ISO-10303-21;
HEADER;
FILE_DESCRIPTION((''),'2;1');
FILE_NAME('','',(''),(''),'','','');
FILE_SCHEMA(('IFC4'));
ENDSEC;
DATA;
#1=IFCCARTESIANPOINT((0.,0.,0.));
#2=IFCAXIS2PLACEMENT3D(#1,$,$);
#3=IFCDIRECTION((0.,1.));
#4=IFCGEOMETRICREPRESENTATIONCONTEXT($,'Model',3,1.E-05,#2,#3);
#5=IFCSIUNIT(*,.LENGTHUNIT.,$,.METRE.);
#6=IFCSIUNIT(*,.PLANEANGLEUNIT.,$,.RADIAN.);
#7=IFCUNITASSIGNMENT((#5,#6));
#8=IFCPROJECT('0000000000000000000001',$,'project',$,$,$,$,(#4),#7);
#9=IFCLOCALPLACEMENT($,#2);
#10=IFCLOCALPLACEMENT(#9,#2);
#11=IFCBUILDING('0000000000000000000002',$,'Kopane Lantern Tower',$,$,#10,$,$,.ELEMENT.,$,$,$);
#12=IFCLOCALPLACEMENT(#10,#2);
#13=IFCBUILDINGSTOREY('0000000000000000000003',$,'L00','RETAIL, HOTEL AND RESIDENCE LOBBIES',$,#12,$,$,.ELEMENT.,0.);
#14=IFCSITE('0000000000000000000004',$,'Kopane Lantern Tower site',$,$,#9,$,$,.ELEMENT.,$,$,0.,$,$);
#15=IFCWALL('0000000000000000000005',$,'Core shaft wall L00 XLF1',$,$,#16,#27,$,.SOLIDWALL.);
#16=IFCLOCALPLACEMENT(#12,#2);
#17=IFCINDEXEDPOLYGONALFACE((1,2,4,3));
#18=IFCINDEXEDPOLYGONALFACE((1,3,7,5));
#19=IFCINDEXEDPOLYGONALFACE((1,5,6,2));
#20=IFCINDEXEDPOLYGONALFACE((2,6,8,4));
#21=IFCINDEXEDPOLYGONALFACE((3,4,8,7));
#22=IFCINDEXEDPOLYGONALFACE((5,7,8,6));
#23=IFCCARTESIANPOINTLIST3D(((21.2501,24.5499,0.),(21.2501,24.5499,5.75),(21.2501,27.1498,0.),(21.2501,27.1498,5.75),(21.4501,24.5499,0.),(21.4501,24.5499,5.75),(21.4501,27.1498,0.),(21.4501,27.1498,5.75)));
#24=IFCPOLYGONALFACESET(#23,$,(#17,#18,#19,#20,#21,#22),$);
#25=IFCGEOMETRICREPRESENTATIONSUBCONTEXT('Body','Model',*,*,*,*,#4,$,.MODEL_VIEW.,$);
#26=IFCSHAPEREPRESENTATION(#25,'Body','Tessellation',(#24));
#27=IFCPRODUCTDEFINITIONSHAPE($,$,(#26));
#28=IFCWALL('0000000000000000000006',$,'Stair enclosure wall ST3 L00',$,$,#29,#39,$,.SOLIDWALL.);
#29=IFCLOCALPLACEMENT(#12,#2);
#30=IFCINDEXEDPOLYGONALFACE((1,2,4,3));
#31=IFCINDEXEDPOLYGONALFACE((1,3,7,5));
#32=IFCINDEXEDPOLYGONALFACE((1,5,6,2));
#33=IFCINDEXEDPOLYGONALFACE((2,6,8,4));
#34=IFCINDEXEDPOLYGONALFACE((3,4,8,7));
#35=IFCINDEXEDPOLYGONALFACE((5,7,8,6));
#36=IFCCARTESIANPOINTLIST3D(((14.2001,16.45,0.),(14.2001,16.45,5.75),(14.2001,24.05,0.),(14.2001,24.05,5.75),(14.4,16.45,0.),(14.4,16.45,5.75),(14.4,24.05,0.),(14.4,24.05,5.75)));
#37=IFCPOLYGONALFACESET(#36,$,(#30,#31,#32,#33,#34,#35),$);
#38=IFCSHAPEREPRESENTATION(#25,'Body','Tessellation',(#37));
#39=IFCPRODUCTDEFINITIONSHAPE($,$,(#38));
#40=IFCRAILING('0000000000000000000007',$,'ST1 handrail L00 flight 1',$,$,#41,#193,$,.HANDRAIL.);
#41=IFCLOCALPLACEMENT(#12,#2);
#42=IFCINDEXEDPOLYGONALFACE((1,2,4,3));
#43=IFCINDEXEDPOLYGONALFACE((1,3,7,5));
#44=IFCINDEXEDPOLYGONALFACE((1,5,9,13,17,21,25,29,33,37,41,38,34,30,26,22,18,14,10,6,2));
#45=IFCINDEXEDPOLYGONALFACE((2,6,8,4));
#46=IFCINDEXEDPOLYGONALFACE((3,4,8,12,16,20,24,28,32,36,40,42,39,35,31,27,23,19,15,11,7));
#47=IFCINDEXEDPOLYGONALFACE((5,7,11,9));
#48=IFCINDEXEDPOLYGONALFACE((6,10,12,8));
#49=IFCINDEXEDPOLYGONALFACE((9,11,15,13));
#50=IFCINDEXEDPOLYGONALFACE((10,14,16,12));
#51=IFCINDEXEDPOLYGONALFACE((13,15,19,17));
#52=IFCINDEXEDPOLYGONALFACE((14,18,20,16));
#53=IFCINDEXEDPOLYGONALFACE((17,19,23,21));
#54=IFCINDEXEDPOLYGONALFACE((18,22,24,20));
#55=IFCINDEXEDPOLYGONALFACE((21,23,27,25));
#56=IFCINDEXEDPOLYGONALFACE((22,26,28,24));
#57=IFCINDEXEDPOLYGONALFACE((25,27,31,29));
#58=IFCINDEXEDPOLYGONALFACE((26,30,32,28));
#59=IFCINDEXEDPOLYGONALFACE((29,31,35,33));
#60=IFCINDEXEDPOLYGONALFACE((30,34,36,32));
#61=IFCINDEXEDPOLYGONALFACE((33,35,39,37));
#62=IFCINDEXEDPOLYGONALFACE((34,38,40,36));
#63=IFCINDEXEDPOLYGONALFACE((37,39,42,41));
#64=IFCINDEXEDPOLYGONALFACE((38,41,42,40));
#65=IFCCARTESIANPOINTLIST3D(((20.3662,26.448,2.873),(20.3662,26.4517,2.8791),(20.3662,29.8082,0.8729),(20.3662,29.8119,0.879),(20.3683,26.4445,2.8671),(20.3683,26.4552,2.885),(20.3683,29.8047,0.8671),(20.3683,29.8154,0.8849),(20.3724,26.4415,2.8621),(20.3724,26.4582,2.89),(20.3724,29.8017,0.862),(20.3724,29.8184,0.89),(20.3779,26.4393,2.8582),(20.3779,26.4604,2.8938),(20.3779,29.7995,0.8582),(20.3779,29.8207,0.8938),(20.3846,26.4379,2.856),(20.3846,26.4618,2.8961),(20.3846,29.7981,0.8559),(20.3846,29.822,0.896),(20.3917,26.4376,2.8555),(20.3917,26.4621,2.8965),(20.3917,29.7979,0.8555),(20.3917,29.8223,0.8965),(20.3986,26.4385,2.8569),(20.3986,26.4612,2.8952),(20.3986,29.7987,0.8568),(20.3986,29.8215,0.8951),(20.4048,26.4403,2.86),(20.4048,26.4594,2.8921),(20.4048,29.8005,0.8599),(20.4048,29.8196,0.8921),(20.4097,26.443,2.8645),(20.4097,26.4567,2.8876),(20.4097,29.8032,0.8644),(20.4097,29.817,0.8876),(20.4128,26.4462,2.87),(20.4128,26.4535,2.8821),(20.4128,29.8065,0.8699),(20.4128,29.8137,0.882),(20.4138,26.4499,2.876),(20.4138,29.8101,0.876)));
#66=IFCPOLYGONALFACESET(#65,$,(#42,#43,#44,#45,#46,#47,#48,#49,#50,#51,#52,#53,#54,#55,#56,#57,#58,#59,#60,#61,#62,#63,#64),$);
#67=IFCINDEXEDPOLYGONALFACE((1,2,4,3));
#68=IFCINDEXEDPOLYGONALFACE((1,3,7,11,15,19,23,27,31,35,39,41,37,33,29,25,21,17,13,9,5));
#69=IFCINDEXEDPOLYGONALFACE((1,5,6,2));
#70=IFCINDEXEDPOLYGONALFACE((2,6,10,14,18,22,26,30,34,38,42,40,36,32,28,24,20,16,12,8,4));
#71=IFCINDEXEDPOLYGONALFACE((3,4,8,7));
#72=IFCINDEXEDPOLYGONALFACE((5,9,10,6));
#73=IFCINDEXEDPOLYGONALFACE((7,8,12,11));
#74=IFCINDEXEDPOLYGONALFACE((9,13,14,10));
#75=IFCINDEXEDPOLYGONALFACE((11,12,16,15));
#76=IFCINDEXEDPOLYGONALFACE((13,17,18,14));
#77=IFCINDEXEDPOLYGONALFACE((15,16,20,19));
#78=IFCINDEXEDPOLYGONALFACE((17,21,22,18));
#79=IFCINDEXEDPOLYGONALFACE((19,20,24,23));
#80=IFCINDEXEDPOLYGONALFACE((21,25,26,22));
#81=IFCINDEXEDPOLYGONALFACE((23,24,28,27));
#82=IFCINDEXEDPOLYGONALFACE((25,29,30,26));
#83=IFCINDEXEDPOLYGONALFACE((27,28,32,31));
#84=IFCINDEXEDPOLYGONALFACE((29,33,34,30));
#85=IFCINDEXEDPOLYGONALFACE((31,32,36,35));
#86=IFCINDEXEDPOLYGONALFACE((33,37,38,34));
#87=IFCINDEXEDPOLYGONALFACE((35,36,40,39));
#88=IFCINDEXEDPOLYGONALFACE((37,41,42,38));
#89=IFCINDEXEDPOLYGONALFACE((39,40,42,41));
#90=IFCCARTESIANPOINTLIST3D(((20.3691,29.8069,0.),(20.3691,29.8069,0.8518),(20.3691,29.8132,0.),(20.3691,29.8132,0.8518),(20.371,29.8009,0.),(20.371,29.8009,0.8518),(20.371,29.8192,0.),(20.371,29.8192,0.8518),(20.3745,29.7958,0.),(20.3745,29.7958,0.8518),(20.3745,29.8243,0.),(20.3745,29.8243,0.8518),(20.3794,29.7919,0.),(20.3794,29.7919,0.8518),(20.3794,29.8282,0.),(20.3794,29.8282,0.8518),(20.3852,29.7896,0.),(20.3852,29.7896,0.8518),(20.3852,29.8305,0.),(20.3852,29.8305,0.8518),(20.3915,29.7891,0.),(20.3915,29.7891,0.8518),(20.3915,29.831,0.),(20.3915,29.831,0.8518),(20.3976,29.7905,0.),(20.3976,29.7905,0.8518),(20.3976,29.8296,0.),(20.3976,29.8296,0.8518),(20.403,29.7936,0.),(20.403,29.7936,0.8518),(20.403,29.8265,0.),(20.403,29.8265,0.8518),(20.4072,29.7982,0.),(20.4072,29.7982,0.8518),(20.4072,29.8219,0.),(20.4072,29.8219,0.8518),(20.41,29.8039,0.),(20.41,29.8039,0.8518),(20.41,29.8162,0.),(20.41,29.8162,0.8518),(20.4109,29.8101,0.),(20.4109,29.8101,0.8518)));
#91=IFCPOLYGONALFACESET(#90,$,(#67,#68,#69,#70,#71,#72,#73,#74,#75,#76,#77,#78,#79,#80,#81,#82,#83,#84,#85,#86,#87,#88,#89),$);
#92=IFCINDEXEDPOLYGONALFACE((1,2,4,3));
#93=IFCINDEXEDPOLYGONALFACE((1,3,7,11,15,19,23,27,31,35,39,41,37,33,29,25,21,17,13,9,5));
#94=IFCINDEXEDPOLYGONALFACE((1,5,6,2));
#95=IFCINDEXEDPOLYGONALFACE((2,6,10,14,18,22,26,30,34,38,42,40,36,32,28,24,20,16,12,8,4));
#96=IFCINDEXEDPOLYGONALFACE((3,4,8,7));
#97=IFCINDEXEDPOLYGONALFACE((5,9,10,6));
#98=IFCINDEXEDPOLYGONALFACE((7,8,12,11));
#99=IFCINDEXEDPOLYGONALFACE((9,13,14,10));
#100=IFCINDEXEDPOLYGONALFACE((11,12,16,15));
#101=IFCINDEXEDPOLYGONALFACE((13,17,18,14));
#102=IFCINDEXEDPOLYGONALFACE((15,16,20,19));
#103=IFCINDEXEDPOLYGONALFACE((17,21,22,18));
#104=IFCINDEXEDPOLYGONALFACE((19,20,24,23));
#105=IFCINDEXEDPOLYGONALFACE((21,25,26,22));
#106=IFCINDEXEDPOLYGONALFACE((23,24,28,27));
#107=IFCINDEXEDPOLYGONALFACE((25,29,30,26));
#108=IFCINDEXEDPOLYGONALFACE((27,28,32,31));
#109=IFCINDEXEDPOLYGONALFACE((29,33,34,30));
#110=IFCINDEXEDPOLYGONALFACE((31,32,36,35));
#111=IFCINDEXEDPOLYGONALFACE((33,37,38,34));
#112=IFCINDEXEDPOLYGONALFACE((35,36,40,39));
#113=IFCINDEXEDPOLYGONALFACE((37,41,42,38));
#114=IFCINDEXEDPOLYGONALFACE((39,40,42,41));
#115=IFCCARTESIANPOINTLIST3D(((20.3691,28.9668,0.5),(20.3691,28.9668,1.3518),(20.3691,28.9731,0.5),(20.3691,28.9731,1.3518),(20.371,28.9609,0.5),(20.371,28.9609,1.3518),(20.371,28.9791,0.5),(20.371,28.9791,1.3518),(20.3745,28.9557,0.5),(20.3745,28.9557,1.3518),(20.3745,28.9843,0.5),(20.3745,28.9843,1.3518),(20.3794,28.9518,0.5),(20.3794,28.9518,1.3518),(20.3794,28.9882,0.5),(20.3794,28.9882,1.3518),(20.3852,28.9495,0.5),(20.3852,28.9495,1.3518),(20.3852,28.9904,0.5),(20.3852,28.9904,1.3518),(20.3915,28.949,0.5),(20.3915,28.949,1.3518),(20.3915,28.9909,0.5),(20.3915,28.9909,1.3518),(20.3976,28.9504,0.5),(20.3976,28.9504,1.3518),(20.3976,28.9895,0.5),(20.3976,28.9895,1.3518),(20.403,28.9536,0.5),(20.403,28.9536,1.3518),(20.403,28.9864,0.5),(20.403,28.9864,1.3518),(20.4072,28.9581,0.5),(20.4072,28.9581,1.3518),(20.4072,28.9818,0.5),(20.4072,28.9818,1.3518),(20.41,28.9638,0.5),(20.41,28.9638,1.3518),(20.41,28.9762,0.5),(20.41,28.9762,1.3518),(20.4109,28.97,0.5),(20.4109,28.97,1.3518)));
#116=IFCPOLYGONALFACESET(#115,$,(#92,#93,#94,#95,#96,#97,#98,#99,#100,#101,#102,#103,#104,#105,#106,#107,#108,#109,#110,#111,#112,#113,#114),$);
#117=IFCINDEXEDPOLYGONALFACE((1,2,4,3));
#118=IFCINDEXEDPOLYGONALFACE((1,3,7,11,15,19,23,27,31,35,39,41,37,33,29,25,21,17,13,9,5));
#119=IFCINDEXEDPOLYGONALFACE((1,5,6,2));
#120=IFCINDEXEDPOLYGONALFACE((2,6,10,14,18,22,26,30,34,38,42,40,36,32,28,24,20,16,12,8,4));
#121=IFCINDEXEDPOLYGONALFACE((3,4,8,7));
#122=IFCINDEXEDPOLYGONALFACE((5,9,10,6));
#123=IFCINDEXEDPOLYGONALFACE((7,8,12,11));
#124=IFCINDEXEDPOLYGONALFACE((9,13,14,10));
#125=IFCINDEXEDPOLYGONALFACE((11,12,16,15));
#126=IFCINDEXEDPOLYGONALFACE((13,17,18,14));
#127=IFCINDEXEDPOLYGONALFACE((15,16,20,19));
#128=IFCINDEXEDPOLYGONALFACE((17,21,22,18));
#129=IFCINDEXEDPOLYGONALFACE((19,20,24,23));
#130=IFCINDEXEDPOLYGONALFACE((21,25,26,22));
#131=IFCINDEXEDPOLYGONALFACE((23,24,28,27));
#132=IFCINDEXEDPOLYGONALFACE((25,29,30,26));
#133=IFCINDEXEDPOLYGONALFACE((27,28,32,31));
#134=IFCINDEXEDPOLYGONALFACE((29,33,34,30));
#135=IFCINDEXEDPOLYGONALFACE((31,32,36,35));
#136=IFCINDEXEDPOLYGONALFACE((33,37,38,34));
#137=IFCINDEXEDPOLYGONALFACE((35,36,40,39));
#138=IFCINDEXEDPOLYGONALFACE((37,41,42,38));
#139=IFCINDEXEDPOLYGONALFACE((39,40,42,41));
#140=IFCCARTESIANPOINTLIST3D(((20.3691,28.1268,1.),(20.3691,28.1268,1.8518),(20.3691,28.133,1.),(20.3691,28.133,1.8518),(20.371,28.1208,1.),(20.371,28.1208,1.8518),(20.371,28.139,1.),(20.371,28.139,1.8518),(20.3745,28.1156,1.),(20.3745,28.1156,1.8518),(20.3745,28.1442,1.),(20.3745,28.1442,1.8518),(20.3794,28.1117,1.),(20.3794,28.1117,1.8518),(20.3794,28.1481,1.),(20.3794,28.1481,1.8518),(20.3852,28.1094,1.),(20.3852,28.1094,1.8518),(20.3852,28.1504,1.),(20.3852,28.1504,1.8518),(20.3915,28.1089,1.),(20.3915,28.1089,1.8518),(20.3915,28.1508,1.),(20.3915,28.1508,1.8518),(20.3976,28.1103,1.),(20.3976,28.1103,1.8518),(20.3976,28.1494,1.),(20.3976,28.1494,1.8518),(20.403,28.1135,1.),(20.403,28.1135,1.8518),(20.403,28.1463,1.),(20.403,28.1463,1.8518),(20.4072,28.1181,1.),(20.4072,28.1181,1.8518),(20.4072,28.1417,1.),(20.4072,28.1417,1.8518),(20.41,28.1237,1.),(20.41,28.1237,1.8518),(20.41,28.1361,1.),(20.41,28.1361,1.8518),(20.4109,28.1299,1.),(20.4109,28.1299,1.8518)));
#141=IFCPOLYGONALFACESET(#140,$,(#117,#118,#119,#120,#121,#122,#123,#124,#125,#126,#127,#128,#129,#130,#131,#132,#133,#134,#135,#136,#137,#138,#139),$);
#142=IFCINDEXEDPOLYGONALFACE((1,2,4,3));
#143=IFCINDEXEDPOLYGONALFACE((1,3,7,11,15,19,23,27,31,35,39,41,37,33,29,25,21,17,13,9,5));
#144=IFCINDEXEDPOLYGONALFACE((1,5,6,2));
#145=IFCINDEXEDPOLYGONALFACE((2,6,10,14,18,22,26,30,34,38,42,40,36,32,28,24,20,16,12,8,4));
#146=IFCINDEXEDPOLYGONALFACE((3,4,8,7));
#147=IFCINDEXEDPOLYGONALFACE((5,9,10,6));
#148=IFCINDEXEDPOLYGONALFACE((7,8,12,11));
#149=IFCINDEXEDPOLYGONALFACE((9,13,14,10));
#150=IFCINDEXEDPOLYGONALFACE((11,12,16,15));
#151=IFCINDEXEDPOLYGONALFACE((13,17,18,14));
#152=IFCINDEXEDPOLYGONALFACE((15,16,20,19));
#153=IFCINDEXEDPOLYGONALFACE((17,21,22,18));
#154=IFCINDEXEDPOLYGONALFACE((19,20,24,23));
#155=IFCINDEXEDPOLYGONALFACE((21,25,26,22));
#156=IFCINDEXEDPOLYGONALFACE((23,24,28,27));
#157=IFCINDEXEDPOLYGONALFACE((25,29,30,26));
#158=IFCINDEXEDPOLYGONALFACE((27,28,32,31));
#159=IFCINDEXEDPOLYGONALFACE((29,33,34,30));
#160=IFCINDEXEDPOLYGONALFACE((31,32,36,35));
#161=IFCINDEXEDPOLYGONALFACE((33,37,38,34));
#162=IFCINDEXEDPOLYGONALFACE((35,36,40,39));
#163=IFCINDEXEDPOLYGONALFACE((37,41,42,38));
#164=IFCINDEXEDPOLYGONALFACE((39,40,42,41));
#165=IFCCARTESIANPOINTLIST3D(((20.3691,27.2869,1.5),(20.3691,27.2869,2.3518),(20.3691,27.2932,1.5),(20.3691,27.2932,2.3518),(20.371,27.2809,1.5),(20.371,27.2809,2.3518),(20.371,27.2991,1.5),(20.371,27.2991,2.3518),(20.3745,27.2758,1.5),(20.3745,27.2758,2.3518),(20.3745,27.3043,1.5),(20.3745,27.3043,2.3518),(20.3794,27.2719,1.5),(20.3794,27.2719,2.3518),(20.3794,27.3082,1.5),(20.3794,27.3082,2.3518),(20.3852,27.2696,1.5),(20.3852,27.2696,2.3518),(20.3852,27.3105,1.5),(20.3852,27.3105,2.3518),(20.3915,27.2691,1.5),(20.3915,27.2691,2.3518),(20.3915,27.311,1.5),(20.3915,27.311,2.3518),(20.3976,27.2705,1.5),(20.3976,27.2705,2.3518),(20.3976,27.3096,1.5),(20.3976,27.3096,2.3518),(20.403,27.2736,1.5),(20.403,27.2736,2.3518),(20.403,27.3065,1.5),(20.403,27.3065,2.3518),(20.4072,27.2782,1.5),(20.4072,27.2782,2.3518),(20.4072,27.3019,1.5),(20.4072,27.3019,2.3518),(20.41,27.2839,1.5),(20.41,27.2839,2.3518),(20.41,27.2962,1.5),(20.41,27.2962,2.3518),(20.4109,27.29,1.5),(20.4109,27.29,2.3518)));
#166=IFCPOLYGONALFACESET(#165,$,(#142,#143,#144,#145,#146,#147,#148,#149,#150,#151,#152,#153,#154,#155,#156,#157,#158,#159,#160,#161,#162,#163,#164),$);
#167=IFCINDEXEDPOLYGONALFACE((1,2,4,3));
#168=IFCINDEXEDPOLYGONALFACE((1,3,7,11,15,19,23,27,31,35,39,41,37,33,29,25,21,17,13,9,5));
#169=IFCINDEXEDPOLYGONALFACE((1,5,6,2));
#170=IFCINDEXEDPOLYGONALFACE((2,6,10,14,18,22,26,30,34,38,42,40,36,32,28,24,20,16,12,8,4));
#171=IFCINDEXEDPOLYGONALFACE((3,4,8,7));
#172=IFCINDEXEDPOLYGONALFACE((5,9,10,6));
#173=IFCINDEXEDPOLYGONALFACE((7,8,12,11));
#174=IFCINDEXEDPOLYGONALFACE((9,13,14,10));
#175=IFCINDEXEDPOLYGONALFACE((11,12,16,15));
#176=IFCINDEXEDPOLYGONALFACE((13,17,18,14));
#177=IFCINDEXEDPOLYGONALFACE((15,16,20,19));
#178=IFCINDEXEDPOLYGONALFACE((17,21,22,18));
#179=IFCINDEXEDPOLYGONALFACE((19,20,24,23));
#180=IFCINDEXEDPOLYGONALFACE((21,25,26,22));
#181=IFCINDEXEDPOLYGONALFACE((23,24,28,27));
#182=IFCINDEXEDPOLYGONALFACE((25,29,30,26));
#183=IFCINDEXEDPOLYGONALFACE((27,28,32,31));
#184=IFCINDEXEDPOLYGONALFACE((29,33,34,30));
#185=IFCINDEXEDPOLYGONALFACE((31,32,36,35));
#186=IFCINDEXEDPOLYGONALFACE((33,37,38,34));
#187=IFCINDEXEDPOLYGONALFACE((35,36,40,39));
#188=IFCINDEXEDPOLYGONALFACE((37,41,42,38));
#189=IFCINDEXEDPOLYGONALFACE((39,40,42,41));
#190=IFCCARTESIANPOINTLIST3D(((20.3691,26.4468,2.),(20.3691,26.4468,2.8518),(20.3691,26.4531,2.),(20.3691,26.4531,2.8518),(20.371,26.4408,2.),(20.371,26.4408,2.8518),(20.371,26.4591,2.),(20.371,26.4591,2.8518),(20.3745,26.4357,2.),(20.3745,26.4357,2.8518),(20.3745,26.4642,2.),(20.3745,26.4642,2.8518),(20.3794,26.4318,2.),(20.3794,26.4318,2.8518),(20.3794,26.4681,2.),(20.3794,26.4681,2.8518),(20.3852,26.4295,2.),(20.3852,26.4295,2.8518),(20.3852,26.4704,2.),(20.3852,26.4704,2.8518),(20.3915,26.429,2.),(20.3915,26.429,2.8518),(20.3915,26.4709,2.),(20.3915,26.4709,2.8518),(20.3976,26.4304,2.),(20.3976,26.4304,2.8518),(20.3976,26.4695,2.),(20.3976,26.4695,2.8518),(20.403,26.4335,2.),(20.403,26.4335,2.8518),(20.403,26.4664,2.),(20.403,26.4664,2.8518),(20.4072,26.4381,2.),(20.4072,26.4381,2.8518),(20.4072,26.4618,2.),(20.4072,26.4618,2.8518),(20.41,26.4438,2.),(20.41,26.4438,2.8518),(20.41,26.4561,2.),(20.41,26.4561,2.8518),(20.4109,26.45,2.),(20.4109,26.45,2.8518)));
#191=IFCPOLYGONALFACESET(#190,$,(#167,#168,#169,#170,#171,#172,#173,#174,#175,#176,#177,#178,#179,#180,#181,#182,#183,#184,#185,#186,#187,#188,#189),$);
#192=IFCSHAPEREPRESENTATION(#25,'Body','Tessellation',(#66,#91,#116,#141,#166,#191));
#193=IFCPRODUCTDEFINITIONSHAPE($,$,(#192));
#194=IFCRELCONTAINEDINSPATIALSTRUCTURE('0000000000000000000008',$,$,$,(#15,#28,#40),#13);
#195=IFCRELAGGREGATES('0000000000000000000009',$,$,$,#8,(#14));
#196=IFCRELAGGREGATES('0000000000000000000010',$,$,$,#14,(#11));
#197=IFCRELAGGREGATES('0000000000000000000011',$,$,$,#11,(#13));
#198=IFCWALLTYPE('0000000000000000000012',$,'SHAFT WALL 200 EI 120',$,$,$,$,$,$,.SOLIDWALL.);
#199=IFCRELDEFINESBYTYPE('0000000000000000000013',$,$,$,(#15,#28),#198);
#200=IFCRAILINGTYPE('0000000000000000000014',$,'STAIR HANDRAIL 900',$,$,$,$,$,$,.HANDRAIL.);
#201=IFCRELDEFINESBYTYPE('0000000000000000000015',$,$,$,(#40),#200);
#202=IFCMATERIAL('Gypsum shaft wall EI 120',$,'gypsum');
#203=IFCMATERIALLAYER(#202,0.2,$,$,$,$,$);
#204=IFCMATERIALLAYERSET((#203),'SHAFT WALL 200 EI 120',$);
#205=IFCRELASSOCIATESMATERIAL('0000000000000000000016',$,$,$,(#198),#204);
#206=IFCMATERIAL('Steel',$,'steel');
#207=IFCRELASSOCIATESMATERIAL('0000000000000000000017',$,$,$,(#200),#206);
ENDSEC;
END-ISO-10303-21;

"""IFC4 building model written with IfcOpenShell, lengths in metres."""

from ifc_helpers import new_model, si_unit, direction, frame, frame_2d, origin, origin_2d, place, context, subcontext, project, spatial, rectangle, circle, extrude, material, layer, layer_set, type_object, element, save


model = new_model("IFC4")

# Units and contexts
model_context = context("Model", 3, precision=1e-05, world=origin(), true_north=direction((0.0, 1.0)))
body_context = subcontext(model_context, "Body", "Model", "MODEL_VIEW")
ifc_project = project(units=[si_unit("LENGTHUNIT", "METRE"), si_unit("PLANEANGLEUNIT", "RADIAN")], contexts=[model_context])

# Site, building, storey
site_placement = place(None, origin())
site = spatial("IfcSite", under=ifc_project, at=site_placement, Name="Kopane Lantern Tower site", CompositionType="ELEMENT", RefElevation=0.0)
building_placement = place(site_placement, origin())
building = spatial("IfcBuilding", under=site, at=building_placement, Name="Kopane Lantern Tower", CompositionType="ELEMENT")
storey_placement = place(building_placement, origin())
storey = spatial("IfcBuildingStorey", under=building, at=storey_placement, Name="L00", Description="RETAIL, HOTEL AND RESIDENCE LOBBIES", CompositionType="ELEMENT", Elevation=0.0)

# Walls
ifc_material_1 = material(Name="Gypsum shaft wall EI 120", Category="gypsum")
ifc_layer_1 = layer(ifc_material_1, 0.2)
ifc_layer_set_1 = layer_set([ifc_layer_1], Name="SHAFT WALL 200 EI 120")
wall_type_1 = type_object("IfcWallType", Name="SHAFT WALL 200 EI 120", PredefinedType="SOLIDWALL", material=ifc_layer_set_1)
wall_1_placement = place(storey_placement, frame((21.3501, 24.55, 0.0), z_axis=(0.0, 0.0, 1.0), x_axis=(0.0, 1.0, 0.0)))
element("IfcWall", 1, at=wall_1_placement, inside=storey, type_object=wall_type_1, Name="Core shaft wall L00 XLF1", PredefinedType="SOLIDWALL", context=body_context, shape_type="SweptSolid", body=[
    extrude(rectangle(XDim=2.5999, YDim=0.2, at=frame_2d((1.2998, 0.0))), origin(), (0.0, 0.0, 1.0), 5.75),
])
wall_2_placement = place(storey_placement, frame((14.3, 16.45, 0.0), z_axis=(0.0, 0.0, 1.0), x_axis=(0.0, 1.0, 0.0)))
element("IfcWall", 2, at=wall_2_placement, inside=storey, type_object=wall_type_1, Name="Stair enclosure wall ST3 L00", PredefinedType="SOLIDWALL", context=body_context, shape_type="SweptSolid", body=[
    extrude(rectangle(XDim=7.6001, YDim=0.2, at=frame_2d((3.8, 0.0))), origin(), (0.0, 0.0, 1.0), 5.75),
])

# Railing
ifc_material_2 = material(Name="Steel", Category="steel")
railing_type_1 = type_object("IfcRailingType", Name="STAIR HANDRAIL 900", PredefinedType="HANDRAIL", material=ifc_material_2)
for number, where, name in (
    (3, (20.3899, 29.8101, 0.0), "ST1 handrail L00 flight 1"),
):
    element("IfcRailing", number, at=place(storey_placement, frame(where)), inside=storey, type_object=railing_type_1, Name=name, PredefinedType="HANDRAIL", context=body_context, shape_type="SweptSolid", body=[
        extrude(circle(Radius=0.0239, at=origin_2d()), frame((0.0, 0.0, 0.876), z_axis=(0.0, -0.8593, 0.511472), x_axis=(1.0, 0.0, 0.0)), (0.0, 0.0, 1.0), 3.9104),
        extrude(circle(Radius=0.021, at=origin_2d()), origin(), (0.0, 0.0, 1.0), 0.8518),
        extrude(circle(Radius=0.021, at=origin_2d()), frame((0.0, -0.8401, 0.5)), (0.0, 0.0, 1.0), 0.8518),
        extrude(circle(Radius=0.021, at=origin_2d()), frame((0.0, -1.6802, 1.0)), (0.0, 0.0, 1.0), 0.8518),
        extrude(circle(Radius=0.021, at=origin_2d()), frame((0.0, -2.52, 1.5)), (0.0, 0.0, 1.0), 0.8518),
        extrude(circle(Radius=0.021, at=origin_2d()), frame((0.0, -3.3601, 2.0)), (0.0, 0.0, 1.0), 0.8518),
    ])

save(model, "model.ifc")
